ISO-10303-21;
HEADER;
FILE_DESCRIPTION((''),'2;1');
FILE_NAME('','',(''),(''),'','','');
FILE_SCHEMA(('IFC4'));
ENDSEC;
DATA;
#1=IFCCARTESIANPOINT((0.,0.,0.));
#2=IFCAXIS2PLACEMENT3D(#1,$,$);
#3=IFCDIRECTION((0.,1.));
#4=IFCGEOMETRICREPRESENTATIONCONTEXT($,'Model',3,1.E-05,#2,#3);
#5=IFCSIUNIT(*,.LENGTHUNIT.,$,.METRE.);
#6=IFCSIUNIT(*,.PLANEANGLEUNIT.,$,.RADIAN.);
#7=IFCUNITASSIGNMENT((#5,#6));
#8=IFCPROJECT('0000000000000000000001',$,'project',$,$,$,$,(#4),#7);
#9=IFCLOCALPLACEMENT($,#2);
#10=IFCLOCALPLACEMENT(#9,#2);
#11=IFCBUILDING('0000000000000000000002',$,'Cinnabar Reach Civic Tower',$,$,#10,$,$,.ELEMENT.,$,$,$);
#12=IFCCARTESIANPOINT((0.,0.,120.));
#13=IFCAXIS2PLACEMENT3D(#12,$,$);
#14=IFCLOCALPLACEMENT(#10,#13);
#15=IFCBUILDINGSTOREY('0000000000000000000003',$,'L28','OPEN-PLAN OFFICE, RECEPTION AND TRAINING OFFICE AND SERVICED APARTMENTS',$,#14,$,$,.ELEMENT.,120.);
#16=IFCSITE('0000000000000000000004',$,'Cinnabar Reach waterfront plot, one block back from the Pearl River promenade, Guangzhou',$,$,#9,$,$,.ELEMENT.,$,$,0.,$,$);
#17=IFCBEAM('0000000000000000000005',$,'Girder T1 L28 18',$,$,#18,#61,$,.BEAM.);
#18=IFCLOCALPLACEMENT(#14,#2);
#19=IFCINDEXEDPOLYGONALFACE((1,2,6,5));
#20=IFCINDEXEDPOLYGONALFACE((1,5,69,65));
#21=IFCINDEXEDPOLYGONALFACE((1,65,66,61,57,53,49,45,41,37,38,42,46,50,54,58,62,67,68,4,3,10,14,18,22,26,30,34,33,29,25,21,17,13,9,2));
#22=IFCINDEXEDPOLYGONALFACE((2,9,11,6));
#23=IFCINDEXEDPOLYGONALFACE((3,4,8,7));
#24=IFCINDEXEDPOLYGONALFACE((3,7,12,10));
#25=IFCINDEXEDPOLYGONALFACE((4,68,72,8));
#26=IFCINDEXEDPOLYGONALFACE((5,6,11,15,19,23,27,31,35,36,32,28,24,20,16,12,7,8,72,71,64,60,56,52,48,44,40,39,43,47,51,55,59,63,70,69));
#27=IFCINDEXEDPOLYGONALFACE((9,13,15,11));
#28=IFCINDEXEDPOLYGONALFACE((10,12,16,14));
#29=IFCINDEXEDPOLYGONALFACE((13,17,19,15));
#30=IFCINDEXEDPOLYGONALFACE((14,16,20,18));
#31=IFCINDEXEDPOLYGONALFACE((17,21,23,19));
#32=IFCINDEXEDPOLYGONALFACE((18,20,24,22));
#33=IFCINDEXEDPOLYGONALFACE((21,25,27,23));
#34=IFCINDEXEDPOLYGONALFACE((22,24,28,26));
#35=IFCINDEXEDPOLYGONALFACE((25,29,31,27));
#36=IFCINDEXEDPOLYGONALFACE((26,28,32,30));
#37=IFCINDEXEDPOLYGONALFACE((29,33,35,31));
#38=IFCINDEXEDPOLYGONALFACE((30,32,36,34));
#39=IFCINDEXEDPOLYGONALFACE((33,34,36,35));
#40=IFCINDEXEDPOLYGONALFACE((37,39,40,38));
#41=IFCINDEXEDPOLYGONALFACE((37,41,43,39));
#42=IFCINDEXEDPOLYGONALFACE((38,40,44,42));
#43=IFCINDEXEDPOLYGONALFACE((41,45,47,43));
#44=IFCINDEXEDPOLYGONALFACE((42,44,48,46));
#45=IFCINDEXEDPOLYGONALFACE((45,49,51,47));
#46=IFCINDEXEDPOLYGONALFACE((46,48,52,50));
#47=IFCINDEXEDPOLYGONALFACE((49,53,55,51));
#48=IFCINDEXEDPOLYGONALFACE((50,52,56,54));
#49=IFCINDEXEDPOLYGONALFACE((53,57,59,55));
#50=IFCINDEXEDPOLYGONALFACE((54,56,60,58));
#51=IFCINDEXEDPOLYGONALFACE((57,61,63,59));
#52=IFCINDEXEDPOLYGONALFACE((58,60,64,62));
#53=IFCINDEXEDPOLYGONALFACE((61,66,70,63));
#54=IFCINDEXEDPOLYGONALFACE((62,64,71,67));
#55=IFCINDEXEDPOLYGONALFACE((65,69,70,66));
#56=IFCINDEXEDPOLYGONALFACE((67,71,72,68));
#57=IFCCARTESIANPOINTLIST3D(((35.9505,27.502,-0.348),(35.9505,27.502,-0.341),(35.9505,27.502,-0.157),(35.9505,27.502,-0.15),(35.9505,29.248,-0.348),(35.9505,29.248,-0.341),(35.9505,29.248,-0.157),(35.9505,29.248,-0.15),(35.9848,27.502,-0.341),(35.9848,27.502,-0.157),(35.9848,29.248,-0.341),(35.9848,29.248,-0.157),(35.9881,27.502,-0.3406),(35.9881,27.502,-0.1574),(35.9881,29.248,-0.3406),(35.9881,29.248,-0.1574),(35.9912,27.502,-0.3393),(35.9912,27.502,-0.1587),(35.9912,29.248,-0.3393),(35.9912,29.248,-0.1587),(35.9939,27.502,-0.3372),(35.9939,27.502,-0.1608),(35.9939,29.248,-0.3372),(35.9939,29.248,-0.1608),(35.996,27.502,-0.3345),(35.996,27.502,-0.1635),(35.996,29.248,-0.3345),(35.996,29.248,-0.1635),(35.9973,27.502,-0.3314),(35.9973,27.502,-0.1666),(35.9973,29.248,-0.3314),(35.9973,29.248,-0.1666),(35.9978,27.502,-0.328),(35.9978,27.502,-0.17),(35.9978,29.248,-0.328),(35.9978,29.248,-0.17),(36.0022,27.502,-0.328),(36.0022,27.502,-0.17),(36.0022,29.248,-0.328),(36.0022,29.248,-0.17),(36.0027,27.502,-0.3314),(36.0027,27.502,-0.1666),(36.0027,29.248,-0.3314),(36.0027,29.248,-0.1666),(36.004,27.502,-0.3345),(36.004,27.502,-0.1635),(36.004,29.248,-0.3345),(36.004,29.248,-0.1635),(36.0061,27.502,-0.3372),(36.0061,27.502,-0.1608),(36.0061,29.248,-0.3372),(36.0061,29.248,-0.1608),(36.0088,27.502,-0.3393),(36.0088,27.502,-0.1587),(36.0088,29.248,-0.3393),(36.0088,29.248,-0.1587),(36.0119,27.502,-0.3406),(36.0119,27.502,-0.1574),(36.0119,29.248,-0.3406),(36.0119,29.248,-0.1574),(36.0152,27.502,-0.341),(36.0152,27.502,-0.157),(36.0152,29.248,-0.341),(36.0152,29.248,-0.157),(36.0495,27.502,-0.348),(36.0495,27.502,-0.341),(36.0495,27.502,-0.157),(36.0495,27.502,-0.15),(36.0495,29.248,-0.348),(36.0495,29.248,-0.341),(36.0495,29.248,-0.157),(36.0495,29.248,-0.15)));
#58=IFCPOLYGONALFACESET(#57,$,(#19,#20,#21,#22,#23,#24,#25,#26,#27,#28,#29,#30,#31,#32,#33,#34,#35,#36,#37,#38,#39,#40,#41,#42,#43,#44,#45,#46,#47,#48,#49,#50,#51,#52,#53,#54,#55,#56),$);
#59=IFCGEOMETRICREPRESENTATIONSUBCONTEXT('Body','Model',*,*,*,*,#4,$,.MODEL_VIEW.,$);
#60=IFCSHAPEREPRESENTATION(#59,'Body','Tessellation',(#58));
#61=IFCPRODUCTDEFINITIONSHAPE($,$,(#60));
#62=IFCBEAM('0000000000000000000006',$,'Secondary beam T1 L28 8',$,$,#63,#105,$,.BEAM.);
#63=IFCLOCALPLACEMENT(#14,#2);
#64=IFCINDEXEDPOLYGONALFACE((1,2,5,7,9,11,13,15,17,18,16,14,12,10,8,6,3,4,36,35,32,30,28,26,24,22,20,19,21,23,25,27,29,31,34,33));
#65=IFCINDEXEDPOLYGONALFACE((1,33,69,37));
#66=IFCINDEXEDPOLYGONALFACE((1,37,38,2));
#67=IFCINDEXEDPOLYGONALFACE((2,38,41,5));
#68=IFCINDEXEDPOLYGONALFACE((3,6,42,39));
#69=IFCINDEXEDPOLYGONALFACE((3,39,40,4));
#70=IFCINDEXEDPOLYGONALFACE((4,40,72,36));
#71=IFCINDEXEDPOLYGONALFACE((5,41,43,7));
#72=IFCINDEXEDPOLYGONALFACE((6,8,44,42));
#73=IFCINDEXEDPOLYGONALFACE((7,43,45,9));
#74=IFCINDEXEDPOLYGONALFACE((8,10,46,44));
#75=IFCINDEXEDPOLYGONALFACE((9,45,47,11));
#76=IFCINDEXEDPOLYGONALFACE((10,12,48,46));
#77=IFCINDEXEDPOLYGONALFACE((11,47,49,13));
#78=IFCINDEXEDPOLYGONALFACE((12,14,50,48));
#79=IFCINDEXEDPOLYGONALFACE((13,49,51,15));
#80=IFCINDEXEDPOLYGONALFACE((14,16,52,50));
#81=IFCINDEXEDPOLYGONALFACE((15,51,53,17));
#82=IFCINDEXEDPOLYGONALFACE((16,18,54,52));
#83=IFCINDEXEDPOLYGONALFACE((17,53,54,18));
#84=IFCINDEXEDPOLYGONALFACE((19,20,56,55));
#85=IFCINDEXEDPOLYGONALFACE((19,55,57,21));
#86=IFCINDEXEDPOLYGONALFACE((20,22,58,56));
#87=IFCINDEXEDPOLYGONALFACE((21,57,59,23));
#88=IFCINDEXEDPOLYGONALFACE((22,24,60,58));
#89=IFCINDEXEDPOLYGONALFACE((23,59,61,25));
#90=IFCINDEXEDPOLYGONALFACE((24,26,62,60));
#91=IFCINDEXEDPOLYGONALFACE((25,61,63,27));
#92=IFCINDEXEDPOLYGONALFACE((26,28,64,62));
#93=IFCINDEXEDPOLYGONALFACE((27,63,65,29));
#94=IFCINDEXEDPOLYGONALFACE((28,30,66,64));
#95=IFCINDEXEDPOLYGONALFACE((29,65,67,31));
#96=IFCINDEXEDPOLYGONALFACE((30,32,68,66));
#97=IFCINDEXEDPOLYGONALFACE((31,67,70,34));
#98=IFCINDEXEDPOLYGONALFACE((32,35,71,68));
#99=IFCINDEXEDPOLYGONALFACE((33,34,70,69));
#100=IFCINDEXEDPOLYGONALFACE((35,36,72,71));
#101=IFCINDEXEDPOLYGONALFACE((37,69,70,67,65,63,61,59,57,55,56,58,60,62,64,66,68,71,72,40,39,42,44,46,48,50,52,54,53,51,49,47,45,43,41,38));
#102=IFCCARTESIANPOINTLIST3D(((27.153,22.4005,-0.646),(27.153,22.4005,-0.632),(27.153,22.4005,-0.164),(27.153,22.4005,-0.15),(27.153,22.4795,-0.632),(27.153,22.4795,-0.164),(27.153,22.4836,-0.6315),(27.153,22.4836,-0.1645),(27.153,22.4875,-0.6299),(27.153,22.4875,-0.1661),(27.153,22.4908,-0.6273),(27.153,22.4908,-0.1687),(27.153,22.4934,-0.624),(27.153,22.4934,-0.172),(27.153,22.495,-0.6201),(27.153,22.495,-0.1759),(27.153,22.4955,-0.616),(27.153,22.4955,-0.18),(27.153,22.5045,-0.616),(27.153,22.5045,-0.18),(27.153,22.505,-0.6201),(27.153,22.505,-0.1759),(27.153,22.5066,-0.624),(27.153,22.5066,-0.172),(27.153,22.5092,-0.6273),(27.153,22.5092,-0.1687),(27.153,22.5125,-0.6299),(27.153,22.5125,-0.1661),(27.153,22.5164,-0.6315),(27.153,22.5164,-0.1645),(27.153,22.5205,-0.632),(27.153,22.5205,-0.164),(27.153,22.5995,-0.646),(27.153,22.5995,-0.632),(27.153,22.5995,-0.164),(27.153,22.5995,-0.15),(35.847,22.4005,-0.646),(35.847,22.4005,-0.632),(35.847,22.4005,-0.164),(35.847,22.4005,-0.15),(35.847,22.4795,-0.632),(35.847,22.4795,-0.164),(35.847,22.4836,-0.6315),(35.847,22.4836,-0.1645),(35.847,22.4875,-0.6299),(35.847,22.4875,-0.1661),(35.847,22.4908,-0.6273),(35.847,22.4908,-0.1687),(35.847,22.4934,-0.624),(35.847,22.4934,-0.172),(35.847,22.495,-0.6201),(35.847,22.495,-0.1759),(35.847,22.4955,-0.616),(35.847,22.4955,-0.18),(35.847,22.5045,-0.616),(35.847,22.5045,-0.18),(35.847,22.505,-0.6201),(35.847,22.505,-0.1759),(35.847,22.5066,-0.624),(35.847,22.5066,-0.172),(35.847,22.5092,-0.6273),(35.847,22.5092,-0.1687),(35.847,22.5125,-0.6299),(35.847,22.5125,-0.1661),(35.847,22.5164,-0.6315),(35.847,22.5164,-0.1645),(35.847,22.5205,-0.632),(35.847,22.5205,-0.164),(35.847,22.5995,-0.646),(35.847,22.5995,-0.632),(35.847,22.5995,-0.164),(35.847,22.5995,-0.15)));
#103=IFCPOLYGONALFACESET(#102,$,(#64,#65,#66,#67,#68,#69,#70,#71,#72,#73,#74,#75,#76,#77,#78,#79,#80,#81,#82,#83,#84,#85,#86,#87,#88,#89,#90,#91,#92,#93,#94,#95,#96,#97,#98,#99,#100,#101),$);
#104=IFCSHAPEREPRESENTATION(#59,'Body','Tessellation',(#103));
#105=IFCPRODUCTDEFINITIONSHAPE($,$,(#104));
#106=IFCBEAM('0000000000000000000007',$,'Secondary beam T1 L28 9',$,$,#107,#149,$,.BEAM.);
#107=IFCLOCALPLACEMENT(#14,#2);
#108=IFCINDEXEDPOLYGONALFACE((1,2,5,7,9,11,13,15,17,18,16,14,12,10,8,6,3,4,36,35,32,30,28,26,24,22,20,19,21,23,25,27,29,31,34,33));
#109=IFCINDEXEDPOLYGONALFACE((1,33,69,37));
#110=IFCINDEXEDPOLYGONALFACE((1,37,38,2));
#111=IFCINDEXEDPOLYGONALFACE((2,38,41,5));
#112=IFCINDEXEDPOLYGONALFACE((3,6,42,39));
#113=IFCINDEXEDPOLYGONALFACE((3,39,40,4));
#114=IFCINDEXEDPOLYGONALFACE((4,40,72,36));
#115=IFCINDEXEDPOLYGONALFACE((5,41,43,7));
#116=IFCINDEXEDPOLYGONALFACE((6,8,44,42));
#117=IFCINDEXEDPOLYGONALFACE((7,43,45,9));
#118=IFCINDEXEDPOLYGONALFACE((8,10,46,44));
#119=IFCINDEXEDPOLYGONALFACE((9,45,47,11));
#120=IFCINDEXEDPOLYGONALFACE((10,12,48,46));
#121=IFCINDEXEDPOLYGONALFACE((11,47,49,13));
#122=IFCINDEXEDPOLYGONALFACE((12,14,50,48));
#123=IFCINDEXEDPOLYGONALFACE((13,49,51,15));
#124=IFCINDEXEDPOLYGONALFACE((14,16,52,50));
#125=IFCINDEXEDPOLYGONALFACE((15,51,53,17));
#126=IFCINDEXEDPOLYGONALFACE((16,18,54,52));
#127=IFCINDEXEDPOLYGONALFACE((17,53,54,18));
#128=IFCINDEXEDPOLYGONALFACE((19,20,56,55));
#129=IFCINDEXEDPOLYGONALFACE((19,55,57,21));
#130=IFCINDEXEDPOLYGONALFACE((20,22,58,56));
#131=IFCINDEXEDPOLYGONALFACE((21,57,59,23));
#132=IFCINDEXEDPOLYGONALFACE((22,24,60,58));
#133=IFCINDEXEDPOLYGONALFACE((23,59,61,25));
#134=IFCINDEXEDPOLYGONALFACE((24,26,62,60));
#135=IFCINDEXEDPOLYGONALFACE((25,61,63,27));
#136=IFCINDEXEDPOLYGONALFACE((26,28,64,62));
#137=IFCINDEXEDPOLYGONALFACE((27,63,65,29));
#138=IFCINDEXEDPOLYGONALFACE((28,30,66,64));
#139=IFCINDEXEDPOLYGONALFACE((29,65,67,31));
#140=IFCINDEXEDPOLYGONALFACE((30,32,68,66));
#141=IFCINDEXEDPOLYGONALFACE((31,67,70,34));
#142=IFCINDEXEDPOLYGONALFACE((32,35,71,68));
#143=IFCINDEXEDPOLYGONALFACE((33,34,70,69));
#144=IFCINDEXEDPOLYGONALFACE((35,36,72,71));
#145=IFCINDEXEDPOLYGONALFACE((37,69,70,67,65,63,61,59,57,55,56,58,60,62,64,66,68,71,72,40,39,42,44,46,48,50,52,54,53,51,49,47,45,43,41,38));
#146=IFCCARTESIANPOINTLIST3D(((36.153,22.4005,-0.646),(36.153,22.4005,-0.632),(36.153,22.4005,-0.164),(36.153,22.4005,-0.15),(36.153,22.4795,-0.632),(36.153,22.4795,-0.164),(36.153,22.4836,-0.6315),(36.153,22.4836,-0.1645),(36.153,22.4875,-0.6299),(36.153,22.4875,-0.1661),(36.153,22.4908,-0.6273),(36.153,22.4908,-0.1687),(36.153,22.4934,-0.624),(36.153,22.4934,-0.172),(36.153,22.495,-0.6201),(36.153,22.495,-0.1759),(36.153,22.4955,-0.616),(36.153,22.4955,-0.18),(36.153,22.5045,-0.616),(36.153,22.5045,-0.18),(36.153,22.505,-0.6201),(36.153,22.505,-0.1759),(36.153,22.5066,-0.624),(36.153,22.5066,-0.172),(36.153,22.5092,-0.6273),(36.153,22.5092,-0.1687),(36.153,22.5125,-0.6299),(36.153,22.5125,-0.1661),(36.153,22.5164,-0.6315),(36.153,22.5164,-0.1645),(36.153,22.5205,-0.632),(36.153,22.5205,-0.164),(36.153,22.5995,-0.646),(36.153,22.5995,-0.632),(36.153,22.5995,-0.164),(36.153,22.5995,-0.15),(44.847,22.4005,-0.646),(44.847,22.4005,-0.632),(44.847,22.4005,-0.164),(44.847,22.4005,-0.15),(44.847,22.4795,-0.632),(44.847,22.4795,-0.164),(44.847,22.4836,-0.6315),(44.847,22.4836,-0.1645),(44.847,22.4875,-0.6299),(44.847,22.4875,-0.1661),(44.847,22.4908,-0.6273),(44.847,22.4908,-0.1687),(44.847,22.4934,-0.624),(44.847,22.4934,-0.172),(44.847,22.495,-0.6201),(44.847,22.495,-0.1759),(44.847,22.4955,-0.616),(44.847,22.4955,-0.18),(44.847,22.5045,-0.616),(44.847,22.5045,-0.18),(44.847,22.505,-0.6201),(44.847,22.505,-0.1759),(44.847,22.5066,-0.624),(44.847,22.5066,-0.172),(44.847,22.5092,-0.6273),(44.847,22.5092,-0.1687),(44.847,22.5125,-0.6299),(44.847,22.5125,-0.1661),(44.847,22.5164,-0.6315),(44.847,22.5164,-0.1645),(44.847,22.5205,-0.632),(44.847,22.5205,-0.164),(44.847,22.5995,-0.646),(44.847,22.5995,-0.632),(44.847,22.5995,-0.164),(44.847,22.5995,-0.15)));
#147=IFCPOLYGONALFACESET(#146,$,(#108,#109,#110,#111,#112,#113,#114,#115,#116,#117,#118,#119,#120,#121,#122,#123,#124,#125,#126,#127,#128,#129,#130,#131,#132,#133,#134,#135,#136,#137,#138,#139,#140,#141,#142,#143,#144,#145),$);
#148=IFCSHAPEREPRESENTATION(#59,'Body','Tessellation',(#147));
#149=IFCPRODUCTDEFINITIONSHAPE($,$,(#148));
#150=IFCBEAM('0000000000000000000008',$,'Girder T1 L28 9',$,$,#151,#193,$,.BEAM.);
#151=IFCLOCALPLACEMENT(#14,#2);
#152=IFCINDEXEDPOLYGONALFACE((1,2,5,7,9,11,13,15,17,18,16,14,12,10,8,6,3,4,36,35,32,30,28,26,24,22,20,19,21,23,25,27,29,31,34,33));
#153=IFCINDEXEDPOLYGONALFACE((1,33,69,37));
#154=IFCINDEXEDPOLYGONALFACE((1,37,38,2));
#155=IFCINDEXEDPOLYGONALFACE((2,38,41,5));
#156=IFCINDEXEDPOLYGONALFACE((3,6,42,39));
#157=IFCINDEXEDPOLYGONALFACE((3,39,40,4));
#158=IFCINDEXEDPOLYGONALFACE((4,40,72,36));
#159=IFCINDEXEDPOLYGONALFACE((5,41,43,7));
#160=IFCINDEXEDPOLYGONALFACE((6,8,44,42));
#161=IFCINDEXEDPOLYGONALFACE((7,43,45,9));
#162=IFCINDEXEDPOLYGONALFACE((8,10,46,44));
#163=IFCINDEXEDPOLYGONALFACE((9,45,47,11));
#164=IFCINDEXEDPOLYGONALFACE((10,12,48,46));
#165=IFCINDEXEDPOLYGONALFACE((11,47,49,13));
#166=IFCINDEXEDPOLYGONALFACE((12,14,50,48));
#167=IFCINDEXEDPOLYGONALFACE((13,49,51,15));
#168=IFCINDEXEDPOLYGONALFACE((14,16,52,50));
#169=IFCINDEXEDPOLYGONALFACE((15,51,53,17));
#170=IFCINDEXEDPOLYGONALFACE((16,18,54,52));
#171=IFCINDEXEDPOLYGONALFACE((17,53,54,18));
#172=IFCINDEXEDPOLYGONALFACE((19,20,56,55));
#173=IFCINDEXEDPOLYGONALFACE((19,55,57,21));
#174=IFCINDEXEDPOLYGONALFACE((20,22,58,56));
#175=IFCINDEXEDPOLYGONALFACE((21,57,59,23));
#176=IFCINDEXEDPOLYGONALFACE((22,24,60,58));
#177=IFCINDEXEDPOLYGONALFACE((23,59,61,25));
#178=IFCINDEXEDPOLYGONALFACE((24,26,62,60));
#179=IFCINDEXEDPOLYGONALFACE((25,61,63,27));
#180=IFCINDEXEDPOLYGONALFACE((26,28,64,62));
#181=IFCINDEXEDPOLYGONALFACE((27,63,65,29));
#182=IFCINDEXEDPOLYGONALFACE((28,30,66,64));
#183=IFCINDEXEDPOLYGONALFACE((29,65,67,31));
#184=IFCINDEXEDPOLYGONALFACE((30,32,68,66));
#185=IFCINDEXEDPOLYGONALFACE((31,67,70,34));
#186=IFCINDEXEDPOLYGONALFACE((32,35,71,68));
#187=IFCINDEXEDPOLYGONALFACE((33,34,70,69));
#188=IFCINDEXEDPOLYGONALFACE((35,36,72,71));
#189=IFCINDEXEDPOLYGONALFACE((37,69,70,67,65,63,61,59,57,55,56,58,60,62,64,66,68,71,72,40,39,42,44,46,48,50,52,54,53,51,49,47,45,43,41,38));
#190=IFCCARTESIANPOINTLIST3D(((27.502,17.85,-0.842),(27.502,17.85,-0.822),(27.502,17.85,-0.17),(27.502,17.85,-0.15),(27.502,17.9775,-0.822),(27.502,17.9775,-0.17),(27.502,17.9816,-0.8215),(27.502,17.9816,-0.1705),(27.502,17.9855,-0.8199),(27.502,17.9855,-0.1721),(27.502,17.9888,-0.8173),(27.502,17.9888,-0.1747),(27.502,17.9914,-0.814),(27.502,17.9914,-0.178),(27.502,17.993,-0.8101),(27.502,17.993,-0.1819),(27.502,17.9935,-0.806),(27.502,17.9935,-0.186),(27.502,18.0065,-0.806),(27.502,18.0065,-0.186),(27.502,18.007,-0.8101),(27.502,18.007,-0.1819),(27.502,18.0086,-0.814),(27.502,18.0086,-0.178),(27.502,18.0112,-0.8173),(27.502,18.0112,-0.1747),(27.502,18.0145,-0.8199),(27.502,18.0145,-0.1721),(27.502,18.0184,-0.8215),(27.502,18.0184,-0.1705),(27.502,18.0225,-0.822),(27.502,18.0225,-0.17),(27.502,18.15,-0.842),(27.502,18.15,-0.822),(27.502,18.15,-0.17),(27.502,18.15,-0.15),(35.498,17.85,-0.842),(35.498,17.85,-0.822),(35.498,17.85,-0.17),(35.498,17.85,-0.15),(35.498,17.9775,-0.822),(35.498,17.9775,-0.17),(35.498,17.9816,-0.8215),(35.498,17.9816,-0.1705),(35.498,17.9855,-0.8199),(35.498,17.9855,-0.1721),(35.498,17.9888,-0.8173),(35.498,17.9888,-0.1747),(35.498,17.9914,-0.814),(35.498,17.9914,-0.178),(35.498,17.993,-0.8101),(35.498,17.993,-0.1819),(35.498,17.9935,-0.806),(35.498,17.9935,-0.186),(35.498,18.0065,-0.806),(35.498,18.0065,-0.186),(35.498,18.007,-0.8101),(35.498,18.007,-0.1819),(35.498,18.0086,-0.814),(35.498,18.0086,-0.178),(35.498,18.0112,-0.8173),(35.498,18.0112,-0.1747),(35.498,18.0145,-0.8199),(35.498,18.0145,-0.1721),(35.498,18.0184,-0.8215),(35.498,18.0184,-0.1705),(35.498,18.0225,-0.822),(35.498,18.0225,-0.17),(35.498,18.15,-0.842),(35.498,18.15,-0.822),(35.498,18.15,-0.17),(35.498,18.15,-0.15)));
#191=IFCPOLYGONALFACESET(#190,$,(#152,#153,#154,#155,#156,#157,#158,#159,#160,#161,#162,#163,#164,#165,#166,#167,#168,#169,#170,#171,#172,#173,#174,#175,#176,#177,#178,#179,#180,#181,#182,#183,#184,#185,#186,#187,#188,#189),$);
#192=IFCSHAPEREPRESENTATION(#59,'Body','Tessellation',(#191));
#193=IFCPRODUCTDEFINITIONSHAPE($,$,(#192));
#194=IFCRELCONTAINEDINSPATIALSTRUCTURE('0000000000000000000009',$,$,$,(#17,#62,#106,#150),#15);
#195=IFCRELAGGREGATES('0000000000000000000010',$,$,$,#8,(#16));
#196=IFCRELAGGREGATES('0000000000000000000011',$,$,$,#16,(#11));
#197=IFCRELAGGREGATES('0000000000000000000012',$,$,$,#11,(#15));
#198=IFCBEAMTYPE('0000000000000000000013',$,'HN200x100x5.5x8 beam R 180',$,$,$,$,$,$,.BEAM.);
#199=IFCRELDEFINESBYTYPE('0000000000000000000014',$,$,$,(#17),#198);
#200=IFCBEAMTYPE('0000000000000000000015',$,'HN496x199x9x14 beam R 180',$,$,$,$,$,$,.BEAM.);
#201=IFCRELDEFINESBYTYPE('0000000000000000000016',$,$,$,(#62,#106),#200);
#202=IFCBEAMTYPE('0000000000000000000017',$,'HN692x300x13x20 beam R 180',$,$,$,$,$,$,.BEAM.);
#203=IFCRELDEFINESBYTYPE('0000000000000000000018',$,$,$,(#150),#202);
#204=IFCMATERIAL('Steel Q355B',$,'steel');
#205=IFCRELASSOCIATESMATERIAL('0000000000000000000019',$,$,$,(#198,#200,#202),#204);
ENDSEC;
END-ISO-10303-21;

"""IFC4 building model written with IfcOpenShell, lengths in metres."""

from ifc_helpers import new_model, si_unit, direction, frame, origin, origin_2d, place, context, subcontext, project, spatial, i_section, extrude, material, material_profile, profile_set, type_object, element, save


model = new_model("IFC4")

# Units and contexts
model_context = context("Model", 3, precision=1e-05, world=origin(), true_north=direction((0.0, 1.0)))
body_context = subcontext(model_context, "Body", "Model", "MODEL_VIEW")
ifc_project = project(units=[si_unit("LENGTHUNIT", "METRE"), si_unit("PLANEANGLEUNIT", "RADIAN")], contexts=[model_context])

# Site, building, storey
site_placement = place(None, origin())
site = spatial("IfcSite", under=ifc_project, at=site_placement, Name="Cinnabar Reach waterfront plot, one block back from the Pearl River promenade, Guangzhou", CompositionType="ELEMENT", RefElevation=0.0)
building_placement = place(site_placement, origin())
building = spatial("IfcBuilding", under=site, at=building_placement, Name="Cinnabar Reach Civic Tower", CompositionType="ELEMENT")
storey_placement = place(building_placement, frame((0.0, 0.0, 120.0)))
storey = spatial("IfcBuildingStorey", under=building, at=storey_placement, Name="L28", Description="OPEN-PLAN OFFICE, RECEPTION AND TRAINING OFFICE AND SERVICED APARTMENTS", CompositionType="ELEMENT", Elevation=120.0)

# Beams
ifc_material_1 = material(Name="Steel Q355B", Category="steel")
ifc_material_profile_1 = material_profile(ifc_material_1, i_section(OverallWidth=0.099, OverallDepth=0.198, WebThickness=0.0045, FlangeThickness=0.007, FilletRadius=0.013, at=origin_2d()), Name="HN200x100x5.5x8")
ifc_profile_set_1 = profile_set([ifc_material_profile_1], Name="Steel Q355B")
beam_type_1 = type_object("IfcBeamType", Name="HN200x100x5.5x8 beam R 180", PredefinedType="BEAM", material=ifc_profile_set_1)
beam_placement = place(storey_placement, frame((36.0, 27.502, -0.249), z_axis=(0.0, 1.0, 0.0), x_axis=(-1.0, 0.0, 0.0)))
element("IfcBeam", 1, at=beam_placement, inside=storey, type_object=beam_type_1, Name="Girder T1 L28 18", PredefinedType="BEAM", context=body_context, shape_type="SweptSolid", body=[
    extrude(i_section(OverallWidth=0.099, OverallDepth=0.198, WebThickness=0.0045, FlangeThickness=0.007, FilletRadius=0.013, at=origin_2d()), origin(), (0.0, 0.0, 1.0), 1.746),
])
ifc_material_profile_2 = material_profile(ifc_material_1, i_section(OverallWidth=0.199, OverallDepth=0.496, WebThickness=0.009, FlangeThickness=0.014, FilletRadius=0.016, at=origin_2d()), Name="HN496x199x9x14")
ifc_profile_set_2 = profile_set([ifc_material_profile_2], Name="Steel Q355B")
beam_type_2 = type_object("IfcBeamType", Name="HN496x199x9x14 beam R 180", PredefinedType="BEAM", material=ifc_profile_set_2)
for number, where, z_axis, x_axis, name in (
    (2, (27.153, 22.5, -0.398), (1.0, 0.0, 0.0), (0.0, 1.0, 0.0), "Secondary beam T1 L28 8"),
    (3, (36.153, 22.5, -0.398), (1.0, 0.0, 0.0), (0.0, 1.0, 0.0), "Secondary beam T1 L28 9"),
):
    element("IfcBeam", number, at=place(storey_placement, frame(where, z_axis=z_axis, x_axis=x_axis)), inside=storey, type_object=beam_type_2, Name=name, PredefinedType="BEAM", context=body_context, shape_type="SweptSolid", body=[
        extrude(i_section(OverallWidth=0.199, OverallDepth=0.496, WebThickness=0.009, FlangeThickness=0.014, FilletRadius=0.016, at=origin_2d()), origin(), (0.0, 0.0, 1.0), 8.694),
    ])
ifc_material_profile_3 = material_profile(ifc_material_1, i_section(OverallWidth=0.3, OverallDepth=0.692, WebThickness=0.013, FlangeThickness=0.02, FilletRadius=0.016, at=origin_2d()), Name="HN692x300x13x20")
ifc_profile_set_3 = profile_set([ifc_material_profile_3], Name="Steel Q355B")
beam_type_3 = type_object("IfcBeamType", Name="HN692x300x13x20 beam R 180", PredefinedType="BEAM", material=ifc_profile_set_3)
for number, where, z_axis, x_axis, name in (
    (4, (27.502, 18.0, -0.496), (1.0, 0.0, 0.0), (0.0, 1.0, 0.0), "Girder T1 L28 9"),
):
    element("IfcBeam", number, at=place(storey_placement, frame(where, z_axis=z_axis, x_axis=x_axis)), inside=storey, type_object=beam_type_3, Name=name, PredefinedType="BEAM", context=body_context, shape_type="SweptSolid", body=[
        extrude(i_section(OverallWidth=0.3, OverallDepth=0.692, WebThickness=0.013, FlangeThickness=0.02, FilletRadius=0.016, at=origin_2d()), origin(), (0.0, 0.0, 1.0), 7.996),
    ])

save(model, "model.ifc")
